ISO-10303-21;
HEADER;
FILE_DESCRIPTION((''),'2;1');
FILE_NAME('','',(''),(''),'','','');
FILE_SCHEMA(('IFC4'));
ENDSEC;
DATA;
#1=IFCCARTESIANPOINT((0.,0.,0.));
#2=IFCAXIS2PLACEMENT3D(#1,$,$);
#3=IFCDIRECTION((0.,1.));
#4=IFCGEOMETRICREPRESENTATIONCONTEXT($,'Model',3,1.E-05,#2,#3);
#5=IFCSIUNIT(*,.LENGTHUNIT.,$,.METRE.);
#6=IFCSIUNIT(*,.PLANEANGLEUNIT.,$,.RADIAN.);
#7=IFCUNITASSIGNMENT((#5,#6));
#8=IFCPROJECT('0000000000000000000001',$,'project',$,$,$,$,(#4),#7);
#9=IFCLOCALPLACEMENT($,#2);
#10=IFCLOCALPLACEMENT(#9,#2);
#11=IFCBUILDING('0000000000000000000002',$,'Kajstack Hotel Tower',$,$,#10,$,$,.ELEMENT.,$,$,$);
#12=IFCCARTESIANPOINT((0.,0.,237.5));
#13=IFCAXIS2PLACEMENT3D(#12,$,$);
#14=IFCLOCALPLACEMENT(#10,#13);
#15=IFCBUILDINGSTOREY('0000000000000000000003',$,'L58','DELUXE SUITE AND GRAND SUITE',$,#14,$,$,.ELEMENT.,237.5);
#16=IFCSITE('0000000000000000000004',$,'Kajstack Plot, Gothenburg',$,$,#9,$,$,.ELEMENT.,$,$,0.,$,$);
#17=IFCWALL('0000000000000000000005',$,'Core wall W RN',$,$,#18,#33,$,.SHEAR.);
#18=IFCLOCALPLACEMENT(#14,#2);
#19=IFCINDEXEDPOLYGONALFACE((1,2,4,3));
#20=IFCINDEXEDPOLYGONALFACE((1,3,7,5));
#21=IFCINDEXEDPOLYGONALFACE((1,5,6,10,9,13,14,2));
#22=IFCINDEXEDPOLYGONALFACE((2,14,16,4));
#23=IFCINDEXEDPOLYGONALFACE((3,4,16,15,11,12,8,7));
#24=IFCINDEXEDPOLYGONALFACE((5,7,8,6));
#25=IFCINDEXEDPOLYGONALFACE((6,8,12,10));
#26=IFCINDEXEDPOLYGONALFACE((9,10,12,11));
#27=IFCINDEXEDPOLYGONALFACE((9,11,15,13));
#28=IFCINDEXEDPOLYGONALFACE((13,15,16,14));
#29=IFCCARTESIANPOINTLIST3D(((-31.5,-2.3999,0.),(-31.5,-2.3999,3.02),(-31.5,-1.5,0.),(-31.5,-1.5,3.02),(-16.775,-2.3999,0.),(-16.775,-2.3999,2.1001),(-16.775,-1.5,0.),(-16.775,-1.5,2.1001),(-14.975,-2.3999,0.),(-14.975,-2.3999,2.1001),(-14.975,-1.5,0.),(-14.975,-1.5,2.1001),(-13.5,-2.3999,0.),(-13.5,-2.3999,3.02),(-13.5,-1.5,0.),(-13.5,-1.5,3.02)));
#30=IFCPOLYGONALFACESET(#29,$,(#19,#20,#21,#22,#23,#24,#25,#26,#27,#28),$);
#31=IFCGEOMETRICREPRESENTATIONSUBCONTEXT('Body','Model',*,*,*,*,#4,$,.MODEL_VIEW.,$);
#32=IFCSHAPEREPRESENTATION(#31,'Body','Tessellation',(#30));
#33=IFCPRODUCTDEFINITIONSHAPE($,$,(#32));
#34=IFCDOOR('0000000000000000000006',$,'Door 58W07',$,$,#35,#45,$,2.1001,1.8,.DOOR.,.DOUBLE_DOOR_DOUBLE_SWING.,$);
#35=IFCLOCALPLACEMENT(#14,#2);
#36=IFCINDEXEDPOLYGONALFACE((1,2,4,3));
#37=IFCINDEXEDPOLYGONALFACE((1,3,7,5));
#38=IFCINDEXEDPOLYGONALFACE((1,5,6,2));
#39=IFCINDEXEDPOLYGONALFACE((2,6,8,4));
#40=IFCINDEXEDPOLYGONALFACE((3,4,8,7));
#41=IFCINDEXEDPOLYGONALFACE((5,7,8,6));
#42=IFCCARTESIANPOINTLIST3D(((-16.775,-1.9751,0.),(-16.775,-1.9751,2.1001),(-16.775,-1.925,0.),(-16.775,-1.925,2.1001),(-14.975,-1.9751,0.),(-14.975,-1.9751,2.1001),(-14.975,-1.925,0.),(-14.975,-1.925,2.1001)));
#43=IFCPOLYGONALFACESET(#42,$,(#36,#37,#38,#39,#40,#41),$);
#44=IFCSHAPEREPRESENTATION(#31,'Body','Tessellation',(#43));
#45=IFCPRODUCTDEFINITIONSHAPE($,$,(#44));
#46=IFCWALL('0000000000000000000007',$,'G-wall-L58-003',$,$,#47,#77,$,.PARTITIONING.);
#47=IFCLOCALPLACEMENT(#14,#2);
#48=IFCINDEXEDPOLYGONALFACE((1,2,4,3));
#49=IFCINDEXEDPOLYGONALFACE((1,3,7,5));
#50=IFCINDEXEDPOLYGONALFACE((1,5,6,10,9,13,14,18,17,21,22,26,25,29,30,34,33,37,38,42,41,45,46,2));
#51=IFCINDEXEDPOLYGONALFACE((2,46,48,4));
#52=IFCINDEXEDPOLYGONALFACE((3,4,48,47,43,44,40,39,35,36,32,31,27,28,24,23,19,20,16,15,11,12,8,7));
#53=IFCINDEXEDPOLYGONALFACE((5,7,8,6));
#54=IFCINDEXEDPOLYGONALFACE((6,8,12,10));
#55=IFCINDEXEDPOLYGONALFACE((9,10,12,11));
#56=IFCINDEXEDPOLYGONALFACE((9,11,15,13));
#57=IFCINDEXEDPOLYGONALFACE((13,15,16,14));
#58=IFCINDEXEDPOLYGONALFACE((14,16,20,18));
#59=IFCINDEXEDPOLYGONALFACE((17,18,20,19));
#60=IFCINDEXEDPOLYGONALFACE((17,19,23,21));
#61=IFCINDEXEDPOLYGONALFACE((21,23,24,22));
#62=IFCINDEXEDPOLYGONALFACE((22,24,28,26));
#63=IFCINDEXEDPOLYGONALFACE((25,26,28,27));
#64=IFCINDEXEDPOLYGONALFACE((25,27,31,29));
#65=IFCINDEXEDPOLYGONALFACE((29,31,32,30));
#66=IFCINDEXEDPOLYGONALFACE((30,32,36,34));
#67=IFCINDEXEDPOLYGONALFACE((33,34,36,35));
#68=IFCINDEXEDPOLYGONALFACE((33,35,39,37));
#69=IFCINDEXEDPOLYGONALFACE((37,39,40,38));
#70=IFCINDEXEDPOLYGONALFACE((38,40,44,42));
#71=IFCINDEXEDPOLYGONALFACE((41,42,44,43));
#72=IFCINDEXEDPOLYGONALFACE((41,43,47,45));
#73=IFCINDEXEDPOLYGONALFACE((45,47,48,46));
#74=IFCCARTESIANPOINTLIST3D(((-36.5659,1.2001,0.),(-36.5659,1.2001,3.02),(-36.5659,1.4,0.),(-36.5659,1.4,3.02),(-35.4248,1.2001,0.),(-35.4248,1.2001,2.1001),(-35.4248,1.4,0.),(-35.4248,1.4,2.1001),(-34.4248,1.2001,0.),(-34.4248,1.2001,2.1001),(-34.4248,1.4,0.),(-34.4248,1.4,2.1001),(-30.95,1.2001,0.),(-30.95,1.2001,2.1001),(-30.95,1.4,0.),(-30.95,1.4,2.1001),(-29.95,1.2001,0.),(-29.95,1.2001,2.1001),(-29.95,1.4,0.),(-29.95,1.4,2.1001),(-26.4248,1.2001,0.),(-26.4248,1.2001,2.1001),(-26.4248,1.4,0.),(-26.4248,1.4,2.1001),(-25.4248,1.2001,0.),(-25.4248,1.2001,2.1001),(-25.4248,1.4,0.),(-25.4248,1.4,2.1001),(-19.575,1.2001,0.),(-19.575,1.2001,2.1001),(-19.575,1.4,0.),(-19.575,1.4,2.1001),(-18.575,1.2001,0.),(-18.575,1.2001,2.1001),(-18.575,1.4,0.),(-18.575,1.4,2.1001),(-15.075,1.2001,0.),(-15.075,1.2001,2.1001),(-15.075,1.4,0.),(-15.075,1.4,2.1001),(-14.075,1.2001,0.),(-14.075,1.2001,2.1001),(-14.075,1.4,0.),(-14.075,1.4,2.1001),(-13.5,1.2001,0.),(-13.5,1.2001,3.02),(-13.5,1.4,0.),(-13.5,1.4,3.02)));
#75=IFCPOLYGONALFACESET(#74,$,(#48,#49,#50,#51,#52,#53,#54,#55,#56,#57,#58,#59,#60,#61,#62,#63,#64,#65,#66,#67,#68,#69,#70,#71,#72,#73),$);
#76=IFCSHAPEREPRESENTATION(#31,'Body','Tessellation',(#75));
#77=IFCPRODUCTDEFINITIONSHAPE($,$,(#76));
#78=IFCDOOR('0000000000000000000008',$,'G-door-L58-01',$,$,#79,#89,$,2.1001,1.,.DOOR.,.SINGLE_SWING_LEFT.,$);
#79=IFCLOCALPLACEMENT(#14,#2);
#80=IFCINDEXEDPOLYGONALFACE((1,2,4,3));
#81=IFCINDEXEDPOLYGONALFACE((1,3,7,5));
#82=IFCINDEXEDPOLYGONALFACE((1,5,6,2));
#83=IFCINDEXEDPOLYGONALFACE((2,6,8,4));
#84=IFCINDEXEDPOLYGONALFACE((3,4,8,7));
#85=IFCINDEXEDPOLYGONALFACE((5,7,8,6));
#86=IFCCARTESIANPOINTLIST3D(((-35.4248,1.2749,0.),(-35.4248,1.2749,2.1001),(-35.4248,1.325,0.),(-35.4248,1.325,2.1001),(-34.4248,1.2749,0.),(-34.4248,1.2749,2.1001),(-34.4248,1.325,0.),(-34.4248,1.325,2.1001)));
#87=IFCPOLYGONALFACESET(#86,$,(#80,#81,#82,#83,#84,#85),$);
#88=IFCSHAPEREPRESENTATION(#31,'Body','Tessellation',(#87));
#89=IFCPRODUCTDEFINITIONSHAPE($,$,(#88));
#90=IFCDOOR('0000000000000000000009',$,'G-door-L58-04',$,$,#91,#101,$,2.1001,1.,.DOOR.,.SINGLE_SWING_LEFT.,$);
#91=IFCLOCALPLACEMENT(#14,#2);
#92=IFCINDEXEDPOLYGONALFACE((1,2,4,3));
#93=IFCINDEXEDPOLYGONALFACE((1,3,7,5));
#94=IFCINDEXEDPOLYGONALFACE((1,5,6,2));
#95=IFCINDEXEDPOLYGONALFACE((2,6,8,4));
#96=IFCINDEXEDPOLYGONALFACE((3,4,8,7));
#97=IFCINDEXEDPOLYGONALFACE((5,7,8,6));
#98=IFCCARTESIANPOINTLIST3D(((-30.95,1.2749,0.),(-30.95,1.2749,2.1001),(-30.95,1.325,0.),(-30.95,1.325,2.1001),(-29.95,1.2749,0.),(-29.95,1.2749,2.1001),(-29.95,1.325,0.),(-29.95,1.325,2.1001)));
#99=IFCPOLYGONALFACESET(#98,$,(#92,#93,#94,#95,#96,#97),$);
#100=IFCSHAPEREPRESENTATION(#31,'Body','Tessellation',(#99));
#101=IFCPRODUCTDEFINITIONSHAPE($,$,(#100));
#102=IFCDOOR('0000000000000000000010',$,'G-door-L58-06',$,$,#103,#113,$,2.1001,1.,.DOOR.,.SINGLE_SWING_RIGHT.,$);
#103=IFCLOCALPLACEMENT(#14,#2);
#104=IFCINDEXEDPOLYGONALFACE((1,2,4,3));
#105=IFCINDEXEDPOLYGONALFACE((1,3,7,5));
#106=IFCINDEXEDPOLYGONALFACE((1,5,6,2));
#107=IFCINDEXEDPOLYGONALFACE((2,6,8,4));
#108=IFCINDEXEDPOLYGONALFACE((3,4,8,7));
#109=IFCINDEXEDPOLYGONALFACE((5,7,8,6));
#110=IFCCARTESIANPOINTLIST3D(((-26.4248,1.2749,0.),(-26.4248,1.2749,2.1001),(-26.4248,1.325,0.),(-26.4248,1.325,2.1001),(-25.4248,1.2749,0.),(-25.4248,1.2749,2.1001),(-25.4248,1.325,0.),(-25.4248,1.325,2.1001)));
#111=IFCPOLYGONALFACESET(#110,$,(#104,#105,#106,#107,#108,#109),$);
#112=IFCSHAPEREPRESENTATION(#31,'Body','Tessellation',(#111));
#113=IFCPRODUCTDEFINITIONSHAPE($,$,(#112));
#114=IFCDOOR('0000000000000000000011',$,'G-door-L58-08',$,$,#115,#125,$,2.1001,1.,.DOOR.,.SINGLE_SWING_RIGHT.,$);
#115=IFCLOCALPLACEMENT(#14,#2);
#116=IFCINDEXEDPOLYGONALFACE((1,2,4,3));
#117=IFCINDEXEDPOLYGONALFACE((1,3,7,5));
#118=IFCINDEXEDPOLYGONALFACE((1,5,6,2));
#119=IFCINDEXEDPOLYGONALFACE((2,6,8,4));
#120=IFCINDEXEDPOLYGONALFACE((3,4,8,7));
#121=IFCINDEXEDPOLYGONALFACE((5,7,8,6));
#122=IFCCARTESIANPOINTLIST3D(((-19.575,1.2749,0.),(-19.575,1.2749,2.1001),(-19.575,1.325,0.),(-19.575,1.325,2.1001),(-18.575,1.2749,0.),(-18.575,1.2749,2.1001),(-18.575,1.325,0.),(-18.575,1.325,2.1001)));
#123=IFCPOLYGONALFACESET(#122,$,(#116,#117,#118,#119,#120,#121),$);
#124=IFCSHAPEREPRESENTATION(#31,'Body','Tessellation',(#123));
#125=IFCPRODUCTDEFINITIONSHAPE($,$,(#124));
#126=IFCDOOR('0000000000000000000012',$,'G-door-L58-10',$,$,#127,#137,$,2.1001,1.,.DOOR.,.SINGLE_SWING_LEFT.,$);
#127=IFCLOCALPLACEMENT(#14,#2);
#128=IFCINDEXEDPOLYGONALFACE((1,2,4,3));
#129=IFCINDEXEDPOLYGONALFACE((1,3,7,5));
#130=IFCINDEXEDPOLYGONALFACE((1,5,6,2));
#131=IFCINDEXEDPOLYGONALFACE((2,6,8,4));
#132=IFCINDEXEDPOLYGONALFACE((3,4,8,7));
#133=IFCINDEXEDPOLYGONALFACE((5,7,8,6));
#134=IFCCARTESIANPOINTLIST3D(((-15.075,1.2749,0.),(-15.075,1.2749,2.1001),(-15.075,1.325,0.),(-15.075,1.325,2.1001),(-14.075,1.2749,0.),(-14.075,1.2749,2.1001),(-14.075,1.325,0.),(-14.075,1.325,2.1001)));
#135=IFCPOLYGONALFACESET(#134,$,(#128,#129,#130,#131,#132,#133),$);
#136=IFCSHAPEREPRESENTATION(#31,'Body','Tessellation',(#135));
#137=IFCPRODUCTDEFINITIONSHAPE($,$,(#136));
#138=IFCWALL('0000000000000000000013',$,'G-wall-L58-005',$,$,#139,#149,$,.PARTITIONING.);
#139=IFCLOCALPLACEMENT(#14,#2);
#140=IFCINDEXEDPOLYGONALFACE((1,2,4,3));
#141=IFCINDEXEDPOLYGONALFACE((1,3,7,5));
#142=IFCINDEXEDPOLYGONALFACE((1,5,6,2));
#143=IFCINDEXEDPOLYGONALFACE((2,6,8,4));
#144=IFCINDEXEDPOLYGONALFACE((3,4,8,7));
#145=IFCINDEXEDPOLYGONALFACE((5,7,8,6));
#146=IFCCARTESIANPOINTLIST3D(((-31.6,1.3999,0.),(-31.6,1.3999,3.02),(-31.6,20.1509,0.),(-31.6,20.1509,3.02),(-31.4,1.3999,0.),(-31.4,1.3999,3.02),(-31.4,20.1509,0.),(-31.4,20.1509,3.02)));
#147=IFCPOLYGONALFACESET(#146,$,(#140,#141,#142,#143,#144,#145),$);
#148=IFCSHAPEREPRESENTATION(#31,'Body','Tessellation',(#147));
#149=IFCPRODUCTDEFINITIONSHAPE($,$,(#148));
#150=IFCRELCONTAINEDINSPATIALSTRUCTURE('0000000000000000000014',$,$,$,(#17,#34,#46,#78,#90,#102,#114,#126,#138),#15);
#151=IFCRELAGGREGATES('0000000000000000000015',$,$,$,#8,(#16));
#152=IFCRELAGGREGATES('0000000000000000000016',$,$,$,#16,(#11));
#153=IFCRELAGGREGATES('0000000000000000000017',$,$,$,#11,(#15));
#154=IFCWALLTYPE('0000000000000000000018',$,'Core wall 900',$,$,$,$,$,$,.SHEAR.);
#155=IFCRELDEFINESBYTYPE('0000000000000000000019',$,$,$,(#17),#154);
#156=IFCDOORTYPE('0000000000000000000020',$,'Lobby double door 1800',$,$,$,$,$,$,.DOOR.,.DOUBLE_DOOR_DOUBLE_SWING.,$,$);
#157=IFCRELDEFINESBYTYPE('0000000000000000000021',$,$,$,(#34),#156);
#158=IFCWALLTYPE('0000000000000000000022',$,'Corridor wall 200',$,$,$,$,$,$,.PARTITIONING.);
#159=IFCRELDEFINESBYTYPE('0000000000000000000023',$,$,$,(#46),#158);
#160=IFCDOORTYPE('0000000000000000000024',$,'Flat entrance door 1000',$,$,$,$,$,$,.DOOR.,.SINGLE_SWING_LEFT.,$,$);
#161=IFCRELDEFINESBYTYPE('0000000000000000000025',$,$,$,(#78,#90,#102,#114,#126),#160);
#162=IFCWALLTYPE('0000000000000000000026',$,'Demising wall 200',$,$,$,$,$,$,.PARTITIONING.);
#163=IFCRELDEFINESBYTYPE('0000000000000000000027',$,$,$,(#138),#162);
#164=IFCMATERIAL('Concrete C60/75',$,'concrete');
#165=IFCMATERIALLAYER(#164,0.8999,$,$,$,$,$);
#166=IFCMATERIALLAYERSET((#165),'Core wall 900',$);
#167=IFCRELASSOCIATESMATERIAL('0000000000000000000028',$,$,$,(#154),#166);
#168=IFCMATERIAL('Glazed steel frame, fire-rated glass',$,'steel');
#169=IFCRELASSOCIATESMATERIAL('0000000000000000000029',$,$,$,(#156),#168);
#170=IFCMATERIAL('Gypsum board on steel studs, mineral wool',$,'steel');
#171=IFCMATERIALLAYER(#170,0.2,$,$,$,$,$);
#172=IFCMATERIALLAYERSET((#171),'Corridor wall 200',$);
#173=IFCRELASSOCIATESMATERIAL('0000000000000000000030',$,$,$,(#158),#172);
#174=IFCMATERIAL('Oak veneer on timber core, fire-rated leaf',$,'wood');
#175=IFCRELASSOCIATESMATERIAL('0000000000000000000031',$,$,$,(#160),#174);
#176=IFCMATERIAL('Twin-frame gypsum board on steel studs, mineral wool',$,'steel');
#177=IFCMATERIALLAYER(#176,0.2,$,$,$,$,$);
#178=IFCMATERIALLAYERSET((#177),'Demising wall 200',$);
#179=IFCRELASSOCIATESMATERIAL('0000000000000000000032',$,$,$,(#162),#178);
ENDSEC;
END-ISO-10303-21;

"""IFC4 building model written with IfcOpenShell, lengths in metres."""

from ifc_helpers import new_model, si_unit, direction, frame, frame_2d, origin, place, context, subcontext, project, spatial, rectangle, extrude, material, layer, layer_set, type_object, element, fill, save


model = new_model("IFC4")

# Units and contexts
model_context = context("Model", 3, precision=1e-05, world=origin(), true_north=direction((0.0, 1.0)))
body_context = subcontext(model_context, "Body", "Model", "MODEL_VIEW")
ifc_project = project(units=[si_unit("LENGTHUNIT", "METRE"), si_unit("PLANEANGLEUNIT", "RADIAN")], contexts=[model_context])

# Site, building, storey
site_placement = place(None, origin())
site = spatial("IfcSite", under=ifc_project, at=site_placement, Name="Kajstack Plot, Gothenburg", CompositionType="ELEMENT", RefElevation=0.0)
building_placement = place(site_placement, origin())
building = spatial("IfcBuilding", under=site, at=building_placement, Name="Kajstack Hotel Tower", CompositionType="ELEMENT")
storey_placement = place(building_placement, frame((0.0, 0.0, 237.5)))
storey = spatial("IfcBuildingStorey", under=building, at=storey_placement, Name="L58", Description="DELUXE SUITE AND GRAND SUITE", CompositionType="ELEMENT", Elevation=237.5)

# Wall, opening, door
ifc_material_1 = material(Name="Concrete C60/75", Category="concrete")
ifc_layer_1 = layer(ifc_material_1, 0.8999)
ifc_layer_set_1 = layer_set([ifc_layer_1], Name="Core wall 900")
wall_type_1 = type_object("IfcWallType", Name="Core wall 900", PredefinedType="SHEAR", material=ifc_layer_set_1)
wall_1_placement = place(storey_placement, frame((-31.5, -1.95, 0.0), z_axis=(0.0, 0.0, 1.0), x_axis=(1.0, 0.0, 0.0)))
wall_1 = element("IfcWall", 1, at=wall_1_placement, inside=storey, type_object=wall_type_1, Name="Core wall W RN", PredefinedType="SHEAR", context=body_context, shape_type="SweptSolid", body=[
    extrude(rectangle(XDim=18.0, YDim=0.8999, at=frame_2d((9.0, 0.0))), origin(), (0.0, 0.0, 1.0), 3.02),
])
opening_1_placement = place(wall_1_placement, frame((14.7251, 0.0, 0.0)))
opening_1 = element("IfcOpeningElement", 2, at=opening_1_placement, cuts=wall_1, PredefinedType="OPENING", context=body_context, shape_type="SweptSolid", body=[
    extrude(rectangle(XDim=1.8, YDim=2.1001, at=frame_2d((0.8999, 1.05))), frame((0.0, 0.46, 0.0), z_axis=(0.0, -1.0, 0.0), x_axis=(1.0, 0.0, 0.0)), (0.0, 0.0, 1.0), 0.9199),
])
ifc_material_2 = material(Name="Glazed steel frame, fire-rated glass", Category="steel")
door_type_1 = type_object("IfcDoorType", Name="Lobby double door 1800", OperationType="DOUBLE_DOOR_DOUBLE_SWING", PredefinedType="DOOR", material=ifc_material_2)
door_1_placement = place(opening_1_placement, origin())
door_1 = element("IfcDoor", 3, at=door_1_placement, inside=storey, type_object=door_type_1, Name="Door 58W07", OperationType="DOUBLE_DOOR_DOUBLE_SWING", OverallHeight=2.1001, OverallWidth=1.8, PredefinedType="DOOR", context=body_context, shape_type="SweptSolid", body=[
    extrude(rectangle(XDim=1.8, YDim=2.1001, at=frame_2d((0.8999, 1.05))), frame((0.0, 0.0249, 0.0), z_axis=(0.0, -1.0, 0.0), x_axis=(1.0, 0.0, 0.0)), (0.0, 0.0, 1.0), 0.05),
])
fill(opening_1, door_1)

# Wall, openings, doors
ifc_material_3 = material(Name="Gypsum board on steel studs, mineral wool", Category="steel")
ifc_layer_2 = layer(ifc_material_3, 0.2)
ifc_layer_set_2 = layer_set([ifc_layer_2], Name="Corridor wall 200")
wall_type_2 = type_object("IfcWallType", Name="Corridor wall 200", PredefinedType="PARTITIONING", material=ifc_layer_set_2)
wall_2_placement = place(storey_placement, frame((-36.5659, 1.3, 0.0), z_axis=(0.0, 0.0, 1.0), x_axis=(1.0, 0.0, 0.0)))
wall_2 = element("IfcWall", 4, at=wall_2_placement, inside=storey, type_object=wall_type_2, Name="G-wall-L58-003", PredefinedType="PARTITIONING", context=body_context, shape_type="SweptSolid", body=[
    extrude(rectangle(XDim=23.0659, YDim=0.2, at=frame_2d((11.533, 0.0))), origin(), (0.0, 0.0, 1.0), 3.02),
])
opening_2_placement = place(wall_2_placement, frame((1.1411, 0.0, 0.0)))
opening_2 = element("IfcOpeningElement", 5, at=opening_2_placement, cuts=wall_2, PredefinedType="OPENING", context=body_context, shape_type="SweptSolid", body=[
    extrude(rectangle(XDim=1.0, YDim=2.1001, at=frame_2d((0.5, 1.05))), frame((0.0, 0.1099, 0.0), z_axis=(0.0, -1.0, 0.0), x_axis=(1.0, 0.0, 0.0)), (0.0, 0.0, 1.0), 0.22),
])
opening_3_placement = place(wall_2_placement, frame((5.616, 0.0, 0.0)))
opening_3 = element("IfcOpeningElement", 6, at=opening_3_placement, cuts=wall_2, PredefinedType="OPENING", context=body_context, shape_type="SweptSolid", body=[
    extrude(rectangle(XDim=1.0, YDim=2.1001, at=frame_2d((0.5, 1.05))), frame((0.0, 0.1099, 0.0), z_axis=(0.0, -1.0, 0.0), x_axis=(1.0, 0.0, 0.0)), (0.0, 0.0, 1.0), 0.22),
])
opening_4_placement = place(wall_2_placement, frame((10.1411, 0.0, 0.0)))
opening_4 = element("IfcOpeningElement", 7, at=opening_4_placement, cuts=wall_2, PredefinedType="OPENING", context=body_context, shape_type="SweptSolid", body=[
    extrude(rectangle(XDim=1.0, YDim=2.1001, at=frame_2d((0.5, 1.05))), frame((0.0, 0.1099, 0.0), z_axis=(0.0, -1.0, 0.0), x_axis=(1.0, 0.0, 0.0)), (0.0, 0.0, 1.0), 0.22),
])
opening_5_placement = place(wall_2_placement, frame((16.991, 0.0, 0.0)))
opening_5 = element("IfcOpeningElement", 8, at=opening_5_placement, cuts=wall_2, PredefinedType="OPENING", context=body_context, shape_type="SweptSolid", body=[
    extrude(rectangle(XDim=1.0, YDim=2.1001, at=frame_2d((0.5, 1.05))), frame((0.0, 0.1099, 0.0), z_axis=(0.0, -1.0, 0.0), x_axis=(1.0, 0.0, 0.0)), (0.0, 0.0, 1.0), 0.22),
])
opening_6_placement = place(wall_2_placement, frame((21.491, 0.0, 0.0)))
opening_6 = element("IfcOpeningElement", 9, at=opening_6_placement, cuts=wall_2, PredefinedType="OPENING", context=body_context, shape_type="SweptSolid", body=[
    extrude(rectangle(XDim=1.0, YDim=2.1001, at=frame_2d((0.5, 1.05))), frame((0.0, 0.1099, 0.0), z_axis=(0.0, -1.0, 0.0), x_axis=(1.0, 0.0, 0.0)), (0.0, 0.0, 1.0), 0.22),
])
ifc_material_4 = material(Name="Oak veneer on timber core, fire-rated leaf", Category="wood")
door_type_2 = type_object("IfcDoorType", Name="Flat entrance door 1000", OperationType="SINGLE_SWING_LEFT", PredefinedType="DOOR", material=ifc_material_4)
door_2_placement = place(opening_2_placement, origin())
door_2 = element("IfcDoor", 10, at=door_2_placement, inside=storey, type_object=door_type_2, Name="G-door-L58-01", OperationType="SINGLE_SWING_LEFT", OverallHeight=2.1001, OverallWidth=1.0, PredefinedType="DOOR", context=body_context, shape_type="SweptSolid", body=[
    extrude(rectangle(XDim=1.0, YDim=2.1001, at=frame_2d((0.5, 1.05))), frame((0.0, 0.0249, 0.0), z_axis=(0.0, -1.0, 0.0), x_axis=(1.0, 0.0, 0.0)), (0.0, 0.0, 1.0), 0.05),
])
fill(opening_2, door_2)
door_3_placement = place(opening_3_placement, origin())
door_3 = element("IfcDoor", 11, at=door_3_placement, inside=storey, type_object=door_type_2, Name="G-door-L58-04", OperationType="SINGLE_SWING_LEFT", OverallHeight=2.1001, OverallWidth=1.0, PredefinedType="DOOR", context=body_context, shape_type="SweptSolid", body=[
    extrude(rectangle(XDim=1.0, YDim=2.1001, at=frame_2d((0.5, 1.05))), frame((0.0, 0.0249, 0.0), z_axis=(0.0, -1.0, 0.0), x_axis=(1.0, 0.0, 0.0)), (0.0, 0.0, 1.0), 0.05),
])
fill(opening_3, door_3)
door_4_placement = place(opening_4_placement, origin())
door_4 = element("IfcDoor", 12, at=door_4_placement, inside=storey, type_object=door_type_2, Name="G-door-L58-06", OperationType="SINGLE_SWING_RIGHT", OverallHeight=2.1001, OverallWidth=1.0, PredefinedType="DOOR", context=body_context, shape_type="SweptSolid", body=[
    extrude(rectangle(XDim=1.0, YDim=2.1001, at=frame_2d((0.5, 1.05))), frame((0.0, 0.0249, 0.0), z_axis=(0.0, -1.0, 0.0), x_axis=(1.0, 0.0, 0.0)), (0.0, 0.0, 1.0), 0.05),
])
fill(opening_4, door_4)
door_5_placement = place(opening_5_placement, origin())
door_5 = element("IfcDoor", 13, at=door_5_placement, inside=storey, type_object=door_type_2, Name="G-door-L58-08", OperationType="SINGLE_SWING_RIGHT", OverallHeight=2.1001, OverallWidth=1.0, PredefinedType="DOOR", context=body_context, shape_type="SweptSolid", body=[
    extrude(rectangle(XDim=1.0, YDim=2.1001, at=frame_2d((0.5, 1.05))), frame((0.0, 0.0249, 0.0), z_axis=(0.0, -1.0, 0.0), x_axis=(1.0, 0.0, 0.0)), (0.0, 0.0, 1.0), 0.05),
])
fill(opening_5, door_5)
door_6_placement = place(opening_6_placement, origin())
door_6 = element("IfcDoor", 14, at=door_6_placement, inside=storey, type_object=door_type_2, Name="G-door-L58-10", OperationType="SINGLE_SWING_LEFT", OverallHeight=2.1001, OverallWidth=1.0, PredefinedType="DOOR", context=body_context, shape_type="SweptSolid", body=[
    extrude(rectangle(XDim=1.0, YDim=2.1001, at=frame_2d((0.5, 1.05))), frame((0.0, 0.0249, 0.0), z_axis=(0.0, -1.0, 0.0), x_axis=(1.0, 0.0, 0.0)), (0.0, 0.0, 1.0), 0.05),
])
fill(opening_6, door_6)

# Wall
ifc_material_5 = material(Name="Twin-frame gypsum board on steel studs, mineral wool", Category="steel")
ifc_layer_3 = layer(ifc_material_5, 0.2)
ifc_layer_set_3 = layer_set([ifc_layer_3], Name="Demising wall 200")
wall_type_3 = type_object("IfcWallType", Name="Demising wall 200", PredefinedType="PARTITIONING", material=ifc_layer_set_3)
wall_3_placement = place(storey_placement, frame((-31.5, 1.3999, 0.0), z_axis=(0.0, 0.0, 1.0), x_axis=(0.0, 1.0, 0.0)))
element("IfcWall", 15, at=wall_3_placement, inside=storey, type_object=wall_type_3, Name="G-wall-L58-005", PredefinedType="PARTITIONING", context=body_context, shape_type="SweptSolid", body=[
    extrude(rectangle(XDim=18.751, YDim=0.2, at=frame_2d((9.3755, 0.0))), origin(), (0.0, 0.0, 1.0), 3.02),
])

save(model, "model.ifc")
